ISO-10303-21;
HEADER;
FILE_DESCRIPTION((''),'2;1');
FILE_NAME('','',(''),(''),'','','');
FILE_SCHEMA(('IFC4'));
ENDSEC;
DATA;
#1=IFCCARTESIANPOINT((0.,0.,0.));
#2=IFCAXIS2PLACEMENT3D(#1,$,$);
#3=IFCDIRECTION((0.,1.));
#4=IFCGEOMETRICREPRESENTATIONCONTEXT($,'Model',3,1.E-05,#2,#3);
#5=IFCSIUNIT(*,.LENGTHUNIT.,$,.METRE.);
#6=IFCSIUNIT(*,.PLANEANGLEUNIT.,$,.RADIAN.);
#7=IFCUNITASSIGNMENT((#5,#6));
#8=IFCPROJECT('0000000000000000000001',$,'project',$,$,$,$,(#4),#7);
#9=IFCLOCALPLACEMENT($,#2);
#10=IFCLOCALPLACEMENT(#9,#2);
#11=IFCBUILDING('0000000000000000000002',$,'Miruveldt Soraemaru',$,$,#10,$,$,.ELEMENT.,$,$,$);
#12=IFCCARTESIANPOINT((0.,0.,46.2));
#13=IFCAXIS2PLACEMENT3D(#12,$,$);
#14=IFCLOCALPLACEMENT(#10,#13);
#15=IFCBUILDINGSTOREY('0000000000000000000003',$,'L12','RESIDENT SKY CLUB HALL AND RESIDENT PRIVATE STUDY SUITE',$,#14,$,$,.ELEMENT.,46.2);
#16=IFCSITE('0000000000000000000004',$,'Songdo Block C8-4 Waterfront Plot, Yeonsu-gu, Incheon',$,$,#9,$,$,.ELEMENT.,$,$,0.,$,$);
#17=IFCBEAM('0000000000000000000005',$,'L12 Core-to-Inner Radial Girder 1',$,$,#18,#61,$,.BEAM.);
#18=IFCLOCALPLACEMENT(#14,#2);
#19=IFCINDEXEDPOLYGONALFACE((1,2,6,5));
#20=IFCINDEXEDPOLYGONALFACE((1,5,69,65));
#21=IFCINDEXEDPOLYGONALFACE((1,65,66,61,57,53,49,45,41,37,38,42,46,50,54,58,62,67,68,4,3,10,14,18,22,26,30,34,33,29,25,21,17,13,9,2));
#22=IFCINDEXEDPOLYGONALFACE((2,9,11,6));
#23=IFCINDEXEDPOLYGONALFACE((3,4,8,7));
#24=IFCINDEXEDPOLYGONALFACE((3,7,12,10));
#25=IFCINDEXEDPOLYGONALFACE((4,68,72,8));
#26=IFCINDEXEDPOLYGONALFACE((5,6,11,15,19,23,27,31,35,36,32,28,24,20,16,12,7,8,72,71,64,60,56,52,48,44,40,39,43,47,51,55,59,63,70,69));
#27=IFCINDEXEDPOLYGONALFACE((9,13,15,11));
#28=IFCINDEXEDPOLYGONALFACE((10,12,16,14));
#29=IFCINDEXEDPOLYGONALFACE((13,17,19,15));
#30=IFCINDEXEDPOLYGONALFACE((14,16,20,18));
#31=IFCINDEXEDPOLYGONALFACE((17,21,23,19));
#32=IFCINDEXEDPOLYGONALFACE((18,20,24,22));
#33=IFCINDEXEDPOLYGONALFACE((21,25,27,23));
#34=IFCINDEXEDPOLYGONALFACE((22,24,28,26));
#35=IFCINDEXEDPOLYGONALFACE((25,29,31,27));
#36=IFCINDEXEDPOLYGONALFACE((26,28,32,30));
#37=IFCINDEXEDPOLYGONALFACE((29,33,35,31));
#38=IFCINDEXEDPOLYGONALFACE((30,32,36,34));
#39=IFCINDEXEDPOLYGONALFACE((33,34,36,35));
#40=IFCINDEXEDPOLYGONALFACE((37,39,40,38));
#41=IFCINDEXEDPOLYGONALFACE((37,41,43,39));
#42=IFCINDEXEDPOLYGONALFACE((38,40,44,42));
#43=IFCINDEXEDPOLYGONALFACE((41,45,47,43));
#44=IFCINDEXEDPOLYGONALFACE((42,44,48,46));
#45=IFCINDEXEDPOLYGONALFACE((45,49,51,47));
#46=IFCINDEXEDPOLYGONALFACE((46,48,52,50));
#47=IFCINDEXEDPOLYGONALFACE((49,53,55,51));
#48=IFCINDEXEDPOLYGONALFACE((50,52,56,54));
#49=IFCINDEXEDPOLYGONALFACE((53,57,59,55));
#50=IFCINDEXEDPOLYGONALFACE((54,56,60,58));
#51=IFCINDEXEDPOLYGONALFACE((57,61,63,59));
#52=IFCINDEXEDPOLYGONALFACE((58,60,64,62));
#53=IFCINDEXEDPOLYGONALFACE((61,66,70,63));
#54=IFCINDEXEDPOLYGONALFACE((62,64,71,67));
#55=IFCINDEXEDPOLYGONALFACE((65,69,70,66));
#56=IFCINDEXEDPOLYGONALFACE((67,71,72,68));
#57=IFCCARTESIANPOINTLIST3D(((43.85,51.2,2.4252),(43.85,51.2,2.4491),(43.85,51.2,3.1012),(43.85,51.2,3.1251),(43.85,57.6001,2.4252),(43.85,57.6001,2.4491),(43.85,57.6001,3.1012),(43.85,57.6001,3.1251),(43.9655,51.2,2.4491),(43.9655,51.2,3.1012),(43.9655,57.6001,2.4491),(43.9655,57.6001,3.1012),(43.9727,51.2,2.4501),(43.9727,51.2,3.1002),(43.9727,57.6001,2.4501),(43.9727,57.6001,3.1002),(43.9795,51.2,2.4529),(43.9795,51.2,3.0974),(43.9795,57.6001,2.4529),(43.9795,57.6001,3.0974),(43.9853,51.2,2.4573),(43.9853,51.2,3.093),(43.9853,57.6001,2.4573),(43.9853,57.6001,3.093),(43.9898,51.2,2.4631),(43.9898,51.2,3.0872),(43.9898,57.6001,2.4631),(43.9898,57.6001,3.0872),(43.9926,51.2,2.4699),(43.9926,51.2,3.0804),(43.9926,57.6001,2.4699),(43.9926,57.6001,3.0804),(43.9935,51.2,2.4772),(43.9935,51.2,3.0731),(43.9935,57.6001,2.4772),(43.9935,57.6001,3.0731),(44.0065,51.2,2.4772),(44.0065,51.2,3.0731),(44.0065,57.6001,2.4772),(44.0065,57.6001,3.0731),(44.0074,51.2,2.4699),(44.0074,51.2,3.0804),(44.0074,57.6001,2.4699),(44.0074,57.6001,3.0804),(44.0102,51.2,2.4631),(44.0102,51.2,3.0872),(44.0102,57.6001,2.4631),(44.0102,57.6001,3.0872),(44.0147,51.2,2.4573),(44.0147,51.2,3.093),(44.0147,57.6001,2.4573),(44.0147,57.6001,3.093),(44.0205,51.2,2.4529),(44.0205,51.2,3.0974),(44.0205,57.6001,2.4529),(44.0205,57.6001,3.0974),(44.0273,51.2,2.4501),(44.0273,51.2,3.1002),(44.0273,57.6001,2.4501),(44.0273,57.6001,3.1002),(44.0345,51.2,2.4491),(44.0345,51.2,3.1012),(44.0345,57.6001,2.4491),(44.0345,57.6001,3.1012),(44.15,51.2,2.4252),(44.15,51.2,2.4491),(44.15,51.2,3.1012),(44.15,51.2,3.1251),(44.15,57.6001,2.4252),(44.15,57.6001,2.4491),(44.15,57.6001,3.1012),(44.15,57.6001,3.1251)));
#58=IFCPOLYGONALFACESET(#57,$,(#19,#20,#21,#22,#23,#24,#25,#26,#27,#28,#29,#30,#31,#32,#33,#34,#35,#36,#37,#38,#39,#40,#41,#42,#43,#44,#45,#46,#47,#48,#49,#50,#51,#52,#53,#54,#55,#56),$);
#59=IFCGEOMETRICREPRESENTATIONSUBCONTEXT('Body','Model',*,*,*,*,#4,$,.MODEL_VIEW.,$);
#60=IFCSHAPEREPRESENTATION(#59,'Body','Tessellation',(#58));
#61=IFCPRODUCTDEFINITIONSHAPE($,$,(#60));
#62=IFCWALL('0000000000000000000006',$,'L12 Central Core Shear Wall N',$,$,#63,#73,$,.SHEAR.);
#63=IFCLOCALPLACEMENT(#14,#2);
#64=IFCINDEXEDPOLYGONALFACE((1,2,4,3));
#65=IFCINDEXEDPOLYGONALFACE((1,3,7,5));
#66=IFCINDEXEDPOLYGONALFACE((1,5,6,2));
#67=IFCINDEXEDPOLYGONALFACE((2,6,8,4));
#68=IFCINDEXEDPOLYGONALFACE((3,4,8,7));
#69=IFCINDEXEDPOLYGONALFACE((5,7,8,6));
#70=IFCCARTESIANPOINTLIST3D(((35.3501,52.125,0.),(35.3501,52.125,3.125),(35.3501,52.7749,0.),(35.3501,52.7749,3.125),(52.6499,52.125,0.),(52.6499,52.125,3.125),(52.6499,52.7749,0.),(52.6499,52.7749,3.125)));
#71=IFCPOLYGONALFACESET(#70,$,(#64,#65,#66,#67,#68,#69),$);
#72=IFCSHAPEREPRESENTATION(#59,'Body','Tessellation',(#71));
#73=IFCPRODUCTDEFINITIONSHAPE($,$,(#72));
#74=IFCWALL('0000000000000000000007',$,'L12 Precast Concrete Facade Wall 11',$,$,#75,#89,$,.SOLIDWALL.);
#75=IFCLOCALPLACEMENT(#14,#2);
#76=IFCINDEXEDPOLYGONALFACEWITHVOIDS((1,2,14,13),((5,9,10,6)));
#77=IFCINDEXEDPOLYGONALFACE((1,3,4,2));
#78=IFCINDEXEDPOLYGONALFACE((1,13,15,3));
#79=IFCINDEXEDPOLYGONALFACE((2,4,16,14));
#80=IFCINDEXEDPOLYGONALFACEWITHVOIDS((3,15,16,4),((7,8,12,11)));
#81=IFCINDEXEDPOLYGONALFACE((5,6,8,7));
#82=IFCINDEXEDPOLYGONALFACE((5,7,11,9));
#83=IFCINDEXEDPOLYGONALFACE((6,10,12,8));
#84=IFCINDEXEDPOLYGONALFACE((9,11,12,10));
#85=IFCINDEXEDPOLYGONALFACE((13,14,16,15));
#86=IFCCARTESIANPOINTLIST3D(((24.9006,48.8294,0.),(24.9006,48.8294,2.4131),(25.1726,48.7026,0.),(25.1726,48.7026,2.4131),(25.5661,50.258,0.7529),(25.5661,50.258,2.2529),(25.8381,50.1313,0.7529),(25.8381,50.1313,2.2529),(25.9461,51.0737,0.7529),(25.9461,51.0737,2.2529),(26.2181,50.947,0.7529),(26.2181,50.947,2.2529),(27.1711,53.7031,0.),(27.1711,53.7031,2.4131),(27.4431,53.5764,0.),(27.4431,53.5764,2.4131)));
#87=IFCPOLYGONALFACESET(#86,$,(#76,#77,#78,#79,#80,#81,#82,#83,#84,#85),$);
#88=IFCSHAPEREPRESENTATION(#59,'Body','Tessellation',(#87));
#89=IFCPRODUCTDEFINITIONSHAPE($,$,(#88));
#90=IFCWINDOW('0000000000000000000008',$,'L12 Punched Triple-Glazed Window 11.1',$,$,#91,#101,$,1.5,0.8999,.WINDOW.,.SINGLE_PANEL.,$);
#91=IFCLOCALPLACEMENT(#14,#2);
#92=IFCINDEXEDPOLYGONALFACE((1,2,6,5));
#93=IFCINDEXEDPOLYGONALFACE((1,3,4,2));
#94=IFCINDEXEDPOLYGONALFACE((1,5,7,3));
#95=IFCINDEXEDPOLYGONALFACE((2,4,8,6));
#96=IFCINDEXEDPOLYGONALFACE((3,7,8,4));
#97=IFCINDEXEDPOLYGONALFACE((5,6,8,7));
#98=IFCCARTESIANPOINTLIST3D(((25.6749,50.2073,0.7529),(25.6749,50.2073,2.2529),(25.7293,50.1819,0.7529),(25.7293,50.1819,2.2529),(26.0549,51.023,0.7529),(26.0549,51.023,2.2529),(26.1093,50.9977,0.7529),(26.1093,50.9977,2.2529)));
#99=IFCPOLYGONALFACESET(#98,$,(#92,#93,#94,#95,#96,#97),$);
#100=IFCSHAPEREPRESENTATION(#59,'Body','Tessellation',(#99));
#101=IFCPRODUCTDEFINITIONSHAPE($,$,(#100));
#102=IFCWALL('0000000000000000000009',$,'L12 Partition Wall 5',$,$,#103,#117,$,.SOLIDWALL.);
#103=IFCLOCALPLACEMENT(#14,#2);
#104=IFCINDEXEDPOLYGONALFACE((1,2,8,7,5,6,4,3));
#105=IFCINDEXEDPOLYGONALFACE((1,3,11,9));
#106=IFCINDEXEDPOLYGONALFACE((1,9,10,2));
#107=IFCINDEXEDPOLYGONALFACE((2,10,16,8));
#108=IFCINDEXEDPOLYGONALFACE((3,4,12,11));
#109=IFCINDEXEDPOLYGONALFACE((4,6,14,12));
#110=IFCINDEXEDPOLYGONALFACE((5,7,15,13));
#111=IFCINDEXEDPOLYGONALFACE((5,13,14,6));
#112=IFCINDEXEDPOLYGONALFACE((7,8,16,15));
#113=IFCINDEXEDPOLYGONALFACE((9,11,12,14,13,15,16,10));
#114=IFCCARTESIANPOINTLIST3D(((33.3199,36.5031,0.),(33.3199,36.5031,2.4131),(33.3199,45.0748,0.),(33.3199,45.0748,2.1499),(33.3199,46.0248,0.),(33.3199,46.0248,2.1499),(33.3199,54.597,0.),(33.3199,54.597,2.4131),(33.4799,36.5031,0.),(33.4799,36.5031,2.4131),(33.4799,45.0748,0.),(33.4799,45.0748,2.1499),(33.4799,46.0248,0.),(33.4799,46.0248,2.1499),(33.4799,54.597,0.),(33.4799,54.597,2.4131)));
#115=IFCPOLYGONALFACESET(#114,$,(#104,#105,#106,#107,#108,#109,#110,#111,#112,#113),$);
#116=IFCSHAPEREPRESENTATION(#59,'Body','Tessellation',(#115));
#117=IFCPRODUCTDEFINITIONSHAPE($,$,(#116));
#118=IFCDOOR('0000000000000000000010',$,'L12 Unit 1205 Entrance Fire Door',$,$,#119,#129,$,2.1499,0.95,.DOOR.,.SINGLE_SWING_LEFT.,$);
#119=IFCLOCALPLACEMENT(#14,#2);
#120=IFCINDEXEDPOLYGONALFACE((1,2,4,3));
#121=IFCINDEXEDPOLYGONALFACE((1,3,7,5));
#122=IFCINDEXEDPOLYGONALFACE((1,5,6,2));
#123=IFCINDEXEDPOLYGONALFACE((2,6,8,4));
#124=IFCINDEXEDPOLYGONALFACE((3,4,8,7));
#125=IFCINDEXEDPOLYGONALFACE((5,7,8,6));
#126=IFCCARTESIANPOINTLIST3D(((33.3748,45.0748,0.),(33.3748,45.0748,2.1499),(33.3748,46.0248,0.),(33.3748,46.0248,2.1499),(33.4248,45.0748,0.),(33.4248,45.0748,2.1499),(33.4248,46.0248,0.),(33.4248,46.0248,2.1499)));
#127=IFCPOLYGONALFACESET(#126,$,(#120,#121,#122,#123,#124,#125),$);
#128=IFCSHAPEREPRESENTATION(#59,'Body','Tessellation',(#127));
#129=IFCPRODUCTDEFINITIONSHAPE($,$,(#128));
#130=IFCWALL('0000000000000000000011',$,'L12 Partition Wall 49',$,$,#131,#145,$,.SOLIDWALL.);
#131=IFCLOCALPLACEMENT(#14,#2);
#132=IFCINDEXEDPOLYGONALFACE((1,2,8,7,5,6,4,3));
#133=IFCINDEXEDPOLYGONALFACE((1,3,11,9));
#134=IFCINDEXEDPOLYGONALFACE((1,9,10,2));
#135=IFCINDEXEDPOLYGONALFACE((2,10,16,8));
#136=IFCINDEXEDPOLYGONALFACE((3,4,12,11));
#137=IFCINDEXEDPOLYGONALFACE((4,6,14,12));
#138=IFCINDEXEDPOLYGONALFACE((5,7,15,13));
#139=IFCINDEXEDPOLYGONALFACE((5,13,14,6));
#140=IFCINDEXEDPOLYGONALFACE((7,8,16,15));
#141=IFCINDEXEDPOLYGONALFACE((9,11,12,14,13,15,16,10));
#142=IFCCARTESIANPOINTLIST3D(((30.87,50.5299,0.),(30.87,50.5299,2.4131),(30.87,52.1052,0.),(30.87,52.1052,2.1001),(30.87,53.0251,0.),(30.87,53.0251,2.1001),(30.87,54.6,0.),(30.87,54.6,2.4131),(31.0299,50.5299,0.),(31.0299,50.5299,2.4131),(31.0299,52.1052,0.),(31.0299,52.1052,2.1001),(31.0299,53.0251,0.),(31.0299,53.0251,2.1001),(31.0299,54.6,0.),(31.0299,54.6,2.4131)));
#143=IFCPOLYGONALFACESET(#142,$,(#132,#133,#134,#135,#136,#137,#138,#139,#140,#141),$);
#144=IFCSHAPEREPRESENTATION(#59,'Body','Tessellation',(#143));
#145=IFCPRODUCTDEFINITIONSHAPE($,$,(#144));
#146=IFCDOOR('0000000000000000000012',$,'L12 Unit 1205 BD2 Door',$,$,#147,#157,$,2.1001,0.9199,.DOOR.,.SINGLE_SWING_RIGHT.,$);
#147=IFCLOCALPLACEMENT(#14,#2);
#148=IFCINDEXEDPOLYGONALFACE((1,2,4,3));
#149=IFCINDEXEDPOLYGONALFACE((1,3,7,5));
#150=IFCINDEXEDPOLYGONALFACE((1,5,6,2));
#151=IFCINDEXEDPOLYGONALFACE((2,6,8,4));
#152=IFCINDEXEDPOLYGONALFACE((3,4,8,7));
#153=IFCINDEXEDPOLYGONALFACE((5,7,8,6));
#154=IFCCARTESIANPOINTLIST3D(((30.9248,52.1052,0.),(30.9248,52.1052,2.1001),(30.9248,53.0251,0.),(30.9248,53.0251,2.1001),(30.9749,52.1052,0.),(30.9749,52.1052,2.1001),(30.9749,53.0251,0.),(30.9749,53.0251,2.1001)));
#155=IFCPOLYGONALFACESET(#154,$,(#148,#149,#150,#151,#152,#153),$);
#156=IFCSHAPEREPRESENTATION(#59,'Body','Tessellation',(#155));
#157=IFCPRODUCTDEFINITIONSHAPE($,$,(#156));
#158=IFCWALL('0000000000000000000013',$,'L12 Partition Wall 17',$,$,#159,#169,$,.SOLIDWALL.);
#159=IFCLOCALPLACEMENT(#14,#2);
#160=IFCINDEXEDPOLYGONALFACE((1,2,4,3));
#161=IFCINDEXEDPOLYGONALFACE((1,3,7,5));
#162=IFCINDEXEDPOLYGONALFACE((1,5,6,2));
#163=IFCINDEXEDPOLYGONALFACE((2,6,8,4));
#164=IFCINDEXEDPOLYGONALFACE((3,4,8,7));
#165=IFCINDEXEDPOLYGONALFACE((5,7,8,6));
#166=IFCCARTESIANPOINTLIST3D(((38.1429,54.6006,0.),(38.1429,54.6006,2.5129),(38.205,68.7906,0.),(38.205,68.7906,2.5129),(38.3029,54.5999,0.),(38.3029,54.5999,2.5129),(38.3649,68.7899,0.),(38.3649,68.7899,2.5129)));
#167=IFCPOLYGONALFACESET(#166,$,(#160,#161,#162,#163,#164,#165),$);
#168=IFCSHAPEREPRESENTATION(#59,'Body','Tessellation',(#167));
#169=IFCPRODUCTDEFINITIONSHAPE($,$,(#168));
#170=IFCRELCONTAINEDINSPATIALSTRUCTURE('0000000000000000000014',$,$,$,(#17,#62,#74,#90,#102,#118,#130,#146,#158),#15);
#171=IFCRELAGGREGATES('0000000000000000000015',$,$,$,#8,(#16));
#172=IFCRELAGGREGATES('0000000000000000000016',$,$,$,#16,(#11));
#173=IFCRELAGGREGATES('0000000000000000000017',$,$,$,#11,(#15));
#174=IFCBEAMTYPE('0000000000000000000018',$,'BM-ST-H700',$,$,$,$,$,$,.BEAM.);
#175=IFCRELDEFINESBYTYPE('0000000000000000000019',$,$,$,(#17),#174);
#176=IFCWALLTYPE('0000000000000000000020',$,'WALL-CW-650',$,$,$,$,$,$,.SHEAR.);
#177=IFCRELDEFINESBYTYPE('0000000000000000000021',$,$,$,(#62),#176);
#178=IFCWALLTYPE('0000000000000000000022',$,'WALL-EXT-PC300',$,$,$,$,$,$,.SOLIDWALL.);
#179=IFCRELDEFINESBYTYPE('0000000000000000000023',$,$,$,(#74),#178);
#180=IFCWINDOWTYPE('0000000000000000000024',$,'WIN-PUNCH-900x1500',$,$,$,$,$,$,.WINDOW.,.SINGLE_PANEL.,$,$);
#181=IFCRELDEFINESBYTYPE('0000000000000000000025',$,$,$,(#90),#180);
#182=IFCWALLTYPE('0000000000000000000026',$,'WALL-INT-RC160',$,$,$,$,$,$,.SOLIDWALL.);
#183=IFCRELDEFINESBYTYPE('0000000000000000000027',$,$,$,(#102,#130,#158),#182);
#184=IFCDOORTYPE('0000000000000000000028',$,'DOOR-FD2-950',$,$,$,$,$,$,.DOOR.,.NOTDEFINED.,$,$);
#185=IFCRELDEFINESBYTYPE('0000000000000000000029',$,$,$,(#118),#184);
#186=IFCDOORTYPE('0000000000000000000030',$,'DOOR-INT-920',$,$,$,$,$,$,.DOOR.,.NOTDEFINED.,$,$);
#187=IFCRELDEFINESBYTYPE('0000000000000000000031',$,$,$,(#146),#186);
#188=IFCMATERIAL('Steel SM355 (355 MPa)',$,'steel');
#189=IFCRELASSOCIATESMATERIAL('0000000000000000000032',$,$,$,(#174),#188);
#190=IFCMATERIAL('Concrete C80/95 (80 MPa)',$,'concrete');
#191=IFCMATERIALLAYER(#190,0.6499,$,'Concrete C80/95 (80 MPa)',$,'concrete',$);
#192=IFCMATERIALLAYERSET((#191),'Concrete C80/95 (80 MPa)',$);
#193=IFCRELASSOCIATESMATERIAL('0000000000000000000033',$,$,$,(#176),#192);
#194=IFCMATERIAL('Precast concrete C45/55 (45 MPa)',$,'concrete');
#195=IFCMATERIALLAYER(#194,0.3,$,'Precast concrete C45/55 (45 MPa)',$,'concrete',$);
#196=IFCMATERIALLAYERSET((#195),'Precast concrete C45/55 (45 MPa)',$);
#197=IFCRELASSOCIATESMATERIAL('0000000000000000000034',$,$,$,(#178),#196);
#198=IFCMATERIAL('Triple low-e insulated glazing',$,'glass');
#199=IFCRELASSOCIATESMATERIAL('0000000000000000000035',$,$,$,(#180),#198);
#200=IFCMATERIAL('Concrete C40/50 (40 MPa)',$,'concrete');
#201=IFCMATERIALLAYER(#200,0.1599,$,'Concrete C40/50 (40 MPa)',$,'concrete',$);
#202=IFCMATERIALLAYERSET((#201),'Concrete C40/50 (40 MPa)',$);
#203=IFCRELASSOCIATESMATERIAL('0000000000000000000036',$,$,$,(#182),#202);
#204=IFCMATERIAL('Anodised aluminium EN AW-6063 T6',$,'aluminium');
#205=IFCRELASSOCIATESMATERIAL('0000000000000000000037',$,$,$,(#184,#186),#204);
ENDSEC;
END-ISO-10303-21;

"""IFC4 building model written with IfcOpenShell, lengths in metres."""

from ifc_helpers import new_model, si_unit, direction, frame, frame_2d, origin, origin_2d, place, context, subcontext, project, spatial, rectangle, i_section, extrude, material, layer, layer_set, material_profile, profile_set, type_object, element, fill, save


model = new_model("IFC4")

# Units and contexts
model_context = context("Model", 3, precision=1e-05, world=origin(), true_north=direction((0.0, 1.0)))
body_context = subcontext(model_context, "Body", "Model", "MODEL_VIEW")
ifc_project = project(units=[si_unit("LENGTHUNIT", "METRE"), si_unit("PLANEANGLEUNIT", "RADIAN")], contexts=[model_context])

# Site, building, storey
site_placement = place(None, origin())
site = spatial("IfcSite", under=ifc_project, at=site_placement, Name="Songdo Block C8-4 Waterfront Plot, Yeonsu-gu, Incheon", CompositionType="ELEMENT", RefElevation=0.0)
building_placement = place(site_placement, origin())
building = spatial("IfcBuilding", under=site, at=building_placement, Name="Miruveldt Soraemaru", CompositionType="ELEMENT")
storey_placement = place(building_placement, frame((0.0, 0.0, 46.2)))
storey = spatial("IfcBuildingStorey", under=building, at=storey_placement, Name="L12", Description="RESIDENT SKY CLUB HALL AND RESIDENT PRIVATE STUDY SUITE", CompositionType="ELEMENT", Elevation=46.2)

# Shared definitions
ifc_material_1 = material(Name="Concrete C80/95 (80 MPa)", Category="concrete")

# Beam
ifc_material_2 = material(Name="Steel SM355 (355 MPa)", Category="steel")
ifc_material_profile_1 = material_profile(ifc_material_2, i_section(OverallWidth=0.3, OverallDepth=0.7, WebThickness=0.0129, FlangeThickness=0.0239, FilletRadius=0.0281, at=origin_2d()), Name="Steel SM355 (355 MPa)", Category="steel")
ifc_profile_set_1 = profile_set([ifc_material_profile_1], Name="Steel SM355 (355 MPa)")
beam_type_1 = type_object("IfcBeamType", Name="BM-ST-H700", PredefinedType="BEAM", material=ifc_profile_set_1)
beam_1_placement = place(storey_placement, frame((44.0, 51.2, 2.7751), z_axis=(0.0, 1.0, 0.0), x_axis=(-1.0, 0.0, 0.0)))
element("IfcBeam", 1, at=beam_1_placement, inside=storey, type_object=beam_type_1, Name="L12 Core-to-Inner Radial Girder 1", PredefinedType="BEAM", context=body_context, shape_type="SweptSolid", body=[
    extrude(i_section(OverallWidth=0.3, OverallDepth=0.7, WebThickness=0.0129, FlangeThickness=0.0239, FilletRadius=0.0281, at=origin_2d()), origin(), (0.0, 0.0, 1.0), 6.4001),
])

# Wall
ifc_layer_1 = layer(ifc_material_1, 0.6499, Name="Concrete C80/95 (80 MPa)", Category="concrete")
ifc_layer_set_1 = layer_set([ifc_layer_1], Name="Concrete C80/95 (80 MPa)")
wall_type_1 = type_object("IfcWallType", Name="WALL-CW-650", PredefinedType="SHEAR", material=ifc_layer_set_1)
wall_1_placement = place(storey_placement, frame((35.3501, 52.45, 0.0), z_axis=(0.0, 0.0, 1.0), x_axis=(1.0, 0.0, 0.0)))
element("IfcWall", 2, at=wall_1_placement, inside=storey, type_object=wall_type_1, Name="L12 Central Core Shear Wall N", PredefinedType="SHEAR", context=body_context, shape_type="SweptSolid", body=[
    extrude(rectangle(XDim=17.2998, YDim=0.6499, at=frame_2d((8.6499, 0.0))), origin(), (0.0, 0.0, 1.0), 3.125),
])

# Wall, opening, window
ifc_material_3 = material(Name="Precast concrete C45/55 (45 MPa)", Category="concrete")
ifc_layer_2 = layer(ifc_material_3, 0.3, Name="Precast concrete C45/55 (45 MPa)", Category="concrete")
ifc_layer_set_2 = layer_set([ifc_layer_2], Name="Precast concrete C45/55 (45 MPa)")
wall_type_2 = type_object("IfcWallType", Name="WALL-EXT-PC300", PredefinedType="SOLIDWALL", material=ifc_layer_set_2)
wall_2_placement = place(storey_placement, frame((27.3071, 53.6399, 0.0), z_axis=(0.0, 0.0, 1.0), x_axis=(-0.422286, -0.906463, 0.0)))
wall_2 = element("IfcWall", 3, at=wall_2_placement, inside=storey, type_object=wall_type_2, Name="L12 Precast Concrete Facade Wall 11", PredefinedType="SOLIDWALL", context=body_context, shape_type="SweptSolid", body=[
    extrude(rectangle(XDim=5.3767, YDim=0.3, at=frame_2d((2.6885, 0.0))), origin(), (0.0, 0.0, 1.0), 2.4131),
])
opening_1_placement = place(wall_2_placement, frame((2.9009, 0.0, 0.7529)))
opening_1 = element("IfcOpeningElement", 4, at=opening_1_placement, cuts=wall_2, PredefinedType="OPENING", context=body_context, shape_type="SweptSolid", body=[
    extrude(rectangle(XDim=0.8999, YDim=1.5, at=frame_2d((0.45, 0.75))), frame((0.0, 0.1602, 0.0), z_axis=(0.0, -1.0, 0.0), x_axis=(1.0, 0.0, 0.0)), (0.0, 0.0, 1.0), 0.3201),
])
ifc_material_4 = material(Name="Triple low-e insulated glazing", Category="glass")
window_type = type_object("IfcWindowType", Name="WIN-PUNCH-900x1500", PartitioningType="SINGLE_PANEL", PredefinedType="WINDOW", material=ifc_material_4)
window_placement = place(opening_1_placement, origin())
window = element("IfcWindow", 5, at=window_placement, inside=storey, type_object=window_type, Name="L12 Punched Triple-Glazed Window 11.1", OverallHeight=1.5, OverallWidth=0.8999, PartitioningType="SINGLE_PANEL", PredefinedType="WINDOW", context=body_context, shape_type="SweptSolid", body=[
    extrude(rectangle(XDim=0.8999, YDim=1.5, at=frame_2d((0.45, 0.75))), frame((0.0, 0.03, 0.0), z_axis=(0.0, -1.0, 0.0), x_axis=(1.0, 0.0, 0.0)), (0.0, 0.0, 1.0), 0.0601),
])
fill(opening_1, window)

# Walls, openings, doors
ifc_material_5 = material(Name="Concrete C40/50 (40 MPa)", Category="concrete")
ifc_layer_3 = layer(ifc_material_5, 0.1599, Name="Concrete C40/50 (40 MPa)", Category="concrete")
ifc_layer_set_3 = layer_set([ifc_layer_3], Name="Concrete C40/50 (40 MPa)")
wall_type_3 = type_object("IfcWallType", Name="WALL-INT-RC160", PredefinedType="SOLIDWALL", material=ifc_layer_set_3)
wall_3_placement = place(storey_placement, frame((33.3999, 54.5969, 0.0), z_axis=(0.0, 0.0, 1.0), x_axis=(0.0, -1.0, 0.0)))
wall_3 = element("IfcWall", 6, at=wall_3_placement, inside=storey, type_object=wall_type_3, Name="L12 Partition Wall 5", PredefinedType="SOLIDWALL", context=body_context, shape_type="SweptSolid", body=[
    extrude(rectangle(XDim=18.094, YDim=0.1599, at=frame_2d((9.0469, 0.0))), origin(), (0.0, 0.0, 1.0), 2.4131),
])
opening_2_placement = place(wall_3_placement, frame((8.572, 0.0, 0.0)))
opening_2 = element("IfcOpeningElement", 7, at=opening_2_placement, cuts=wall_3, PredefinedType="OPENING", context=body_context, shape_type="SweptSolid", body=[
    extrude(rectangle(XDim=0.95, YDim=2.1499, at=frame_2d((0.4751, 1.075))), frame((0.0, 0.0898, 0.0), z_axis=(0.0, -1.0, 0.0), x_axis=(1.0, 0.0, 0.0)), (0.0, 0.0, 1.0), 0.1799),
])
ifc_material_6 = material(Name="Anodised aluminium EN AW-6063 T6", Category="aluminium")
door_type_1 = type_object("IfcDoorType", Name="DOOR-FD2-950", OperationType="NOTDEFINED", PredefinedType="DOOR", material=ifc_material_6)
door_1_placement = place(opening_2_placement, origin())
door_1 = element("IfcDoor", 8, at=door_1_placement, inside=storey, type_object=door_type_1, Name="L12 Unit 1205 Entrance Fire Door", OperationType="SINGLE_SWING_LEFT", OverallHeight=2.1499, OverallWidth=0.95, PredefinedType="DOOR", context=body_context, shape_type="SweptSolid", body=[
    extrude(rectangle(XDim=0.95, YDim=2.1499, at=frame_2d((0.4751, 1.075))), frame((0.0, 0.0249, 0.0), z_axis=(0.0, -1.0, 0.0), x_axis=(1.0, 0.0, 0.0)), (0.0, 0.0, 1.0), 0.05),
])
fill(opening_2, door_1)
wall_4_placement = place(storey_placement, frame((30.95, 54.6001, 0.0), z_axis=(0.0, 0.0, 1.0), x_axis=(0.0, -1.0, 0.0)))
wall_4 = element("IfcWall", 9, at=wall_4_placement, inside=storey, type_object=wall_type_3, Name="L12 Partition Wall 49", PredefinedType="SOLIDWALL", context=body_context, shape_type="SweptSolid", body=[
    extrude(rectangle(XDim=4.0701, YDim=0.1599, at=frame_2d((2.0352, 0.0))), origin(), (0.0, 0.0, 1.0), 2.4131),
])
opening_3_placement = place(wall_4_placement, frame((1.575, 0.0, 0.0)))
opening_3 = element("IfcOpeningElement", 10, at=opening_3_placement, cuts=wall_4, PredefinedType="OPENING", context=body_context, shape_type="SweptSolid", body=[
    extrude(rectangle(XDim=0.9199, YDim=2.1001, at=frame_2d((0.46, 1.05))), frame((0.0, 0.0898, 0.0), z_axis=(0.0, -1.0, 0.0), x_axis=(1.0, 0.0, 0.0)), (0.0, 0.0, 1.0), 0.1799),
])
door_type_2 = type_object("IfcDoorType", Name="DOOR-INT-920", OperationType="NOTDEFINED", PredefinedType="DOOR", material=ifc_material_6)
door_2_placement = place(opening_3_placement, origin())
door_2 = element("IfcDoor", 11, at=door_2_placement, inside=storey, type_object=door_type_2, Name="L12 Unit 1205 BD2 Door", OperationType="SINGLE_SWING_RIGHT", OverallHeight=2.1001, OverallWidth=0.9199, PredefinedType="DOOR", context=body_context, shape_type="SweptSolid", body=[
    extrude(rectangle(XDim=0.9199, YDim=2.1001, at=frame_2d((0.46, 1.05))), frame((0.0, 0.0249, 0.0), z_axis=(0.0, -1.0, 0.0), x_axis=(1.0, 0.0, 0.0)), (0.0, 0.0, 1.0), 0.05),
])
fill(opening_3, door_2)

# Wall
wall_5_placement = place(storey_placement, frame((38.2229, 54.6001, 0.0), z_axis=(0.0, 0.0, 1.0), x_axis=(0.00437, 0.99999, 0.0)))
element("IfcWall", 12, at=wall_5_placement, inside=storey, type_object=wall_type_3, Name="L12 Partition Wall 17", PredefinedType="SOLIDWALL", context=body_context, shape_type="SweptSolid", body=[
    extrude(rectangle(XDim=14.1902, YDim=0.1599, at=frame_2d((7.0952, 0.0))), origin(), (0.0, 0.0, 1.0), 2.5129),
])

save(model, "model.ifc")
